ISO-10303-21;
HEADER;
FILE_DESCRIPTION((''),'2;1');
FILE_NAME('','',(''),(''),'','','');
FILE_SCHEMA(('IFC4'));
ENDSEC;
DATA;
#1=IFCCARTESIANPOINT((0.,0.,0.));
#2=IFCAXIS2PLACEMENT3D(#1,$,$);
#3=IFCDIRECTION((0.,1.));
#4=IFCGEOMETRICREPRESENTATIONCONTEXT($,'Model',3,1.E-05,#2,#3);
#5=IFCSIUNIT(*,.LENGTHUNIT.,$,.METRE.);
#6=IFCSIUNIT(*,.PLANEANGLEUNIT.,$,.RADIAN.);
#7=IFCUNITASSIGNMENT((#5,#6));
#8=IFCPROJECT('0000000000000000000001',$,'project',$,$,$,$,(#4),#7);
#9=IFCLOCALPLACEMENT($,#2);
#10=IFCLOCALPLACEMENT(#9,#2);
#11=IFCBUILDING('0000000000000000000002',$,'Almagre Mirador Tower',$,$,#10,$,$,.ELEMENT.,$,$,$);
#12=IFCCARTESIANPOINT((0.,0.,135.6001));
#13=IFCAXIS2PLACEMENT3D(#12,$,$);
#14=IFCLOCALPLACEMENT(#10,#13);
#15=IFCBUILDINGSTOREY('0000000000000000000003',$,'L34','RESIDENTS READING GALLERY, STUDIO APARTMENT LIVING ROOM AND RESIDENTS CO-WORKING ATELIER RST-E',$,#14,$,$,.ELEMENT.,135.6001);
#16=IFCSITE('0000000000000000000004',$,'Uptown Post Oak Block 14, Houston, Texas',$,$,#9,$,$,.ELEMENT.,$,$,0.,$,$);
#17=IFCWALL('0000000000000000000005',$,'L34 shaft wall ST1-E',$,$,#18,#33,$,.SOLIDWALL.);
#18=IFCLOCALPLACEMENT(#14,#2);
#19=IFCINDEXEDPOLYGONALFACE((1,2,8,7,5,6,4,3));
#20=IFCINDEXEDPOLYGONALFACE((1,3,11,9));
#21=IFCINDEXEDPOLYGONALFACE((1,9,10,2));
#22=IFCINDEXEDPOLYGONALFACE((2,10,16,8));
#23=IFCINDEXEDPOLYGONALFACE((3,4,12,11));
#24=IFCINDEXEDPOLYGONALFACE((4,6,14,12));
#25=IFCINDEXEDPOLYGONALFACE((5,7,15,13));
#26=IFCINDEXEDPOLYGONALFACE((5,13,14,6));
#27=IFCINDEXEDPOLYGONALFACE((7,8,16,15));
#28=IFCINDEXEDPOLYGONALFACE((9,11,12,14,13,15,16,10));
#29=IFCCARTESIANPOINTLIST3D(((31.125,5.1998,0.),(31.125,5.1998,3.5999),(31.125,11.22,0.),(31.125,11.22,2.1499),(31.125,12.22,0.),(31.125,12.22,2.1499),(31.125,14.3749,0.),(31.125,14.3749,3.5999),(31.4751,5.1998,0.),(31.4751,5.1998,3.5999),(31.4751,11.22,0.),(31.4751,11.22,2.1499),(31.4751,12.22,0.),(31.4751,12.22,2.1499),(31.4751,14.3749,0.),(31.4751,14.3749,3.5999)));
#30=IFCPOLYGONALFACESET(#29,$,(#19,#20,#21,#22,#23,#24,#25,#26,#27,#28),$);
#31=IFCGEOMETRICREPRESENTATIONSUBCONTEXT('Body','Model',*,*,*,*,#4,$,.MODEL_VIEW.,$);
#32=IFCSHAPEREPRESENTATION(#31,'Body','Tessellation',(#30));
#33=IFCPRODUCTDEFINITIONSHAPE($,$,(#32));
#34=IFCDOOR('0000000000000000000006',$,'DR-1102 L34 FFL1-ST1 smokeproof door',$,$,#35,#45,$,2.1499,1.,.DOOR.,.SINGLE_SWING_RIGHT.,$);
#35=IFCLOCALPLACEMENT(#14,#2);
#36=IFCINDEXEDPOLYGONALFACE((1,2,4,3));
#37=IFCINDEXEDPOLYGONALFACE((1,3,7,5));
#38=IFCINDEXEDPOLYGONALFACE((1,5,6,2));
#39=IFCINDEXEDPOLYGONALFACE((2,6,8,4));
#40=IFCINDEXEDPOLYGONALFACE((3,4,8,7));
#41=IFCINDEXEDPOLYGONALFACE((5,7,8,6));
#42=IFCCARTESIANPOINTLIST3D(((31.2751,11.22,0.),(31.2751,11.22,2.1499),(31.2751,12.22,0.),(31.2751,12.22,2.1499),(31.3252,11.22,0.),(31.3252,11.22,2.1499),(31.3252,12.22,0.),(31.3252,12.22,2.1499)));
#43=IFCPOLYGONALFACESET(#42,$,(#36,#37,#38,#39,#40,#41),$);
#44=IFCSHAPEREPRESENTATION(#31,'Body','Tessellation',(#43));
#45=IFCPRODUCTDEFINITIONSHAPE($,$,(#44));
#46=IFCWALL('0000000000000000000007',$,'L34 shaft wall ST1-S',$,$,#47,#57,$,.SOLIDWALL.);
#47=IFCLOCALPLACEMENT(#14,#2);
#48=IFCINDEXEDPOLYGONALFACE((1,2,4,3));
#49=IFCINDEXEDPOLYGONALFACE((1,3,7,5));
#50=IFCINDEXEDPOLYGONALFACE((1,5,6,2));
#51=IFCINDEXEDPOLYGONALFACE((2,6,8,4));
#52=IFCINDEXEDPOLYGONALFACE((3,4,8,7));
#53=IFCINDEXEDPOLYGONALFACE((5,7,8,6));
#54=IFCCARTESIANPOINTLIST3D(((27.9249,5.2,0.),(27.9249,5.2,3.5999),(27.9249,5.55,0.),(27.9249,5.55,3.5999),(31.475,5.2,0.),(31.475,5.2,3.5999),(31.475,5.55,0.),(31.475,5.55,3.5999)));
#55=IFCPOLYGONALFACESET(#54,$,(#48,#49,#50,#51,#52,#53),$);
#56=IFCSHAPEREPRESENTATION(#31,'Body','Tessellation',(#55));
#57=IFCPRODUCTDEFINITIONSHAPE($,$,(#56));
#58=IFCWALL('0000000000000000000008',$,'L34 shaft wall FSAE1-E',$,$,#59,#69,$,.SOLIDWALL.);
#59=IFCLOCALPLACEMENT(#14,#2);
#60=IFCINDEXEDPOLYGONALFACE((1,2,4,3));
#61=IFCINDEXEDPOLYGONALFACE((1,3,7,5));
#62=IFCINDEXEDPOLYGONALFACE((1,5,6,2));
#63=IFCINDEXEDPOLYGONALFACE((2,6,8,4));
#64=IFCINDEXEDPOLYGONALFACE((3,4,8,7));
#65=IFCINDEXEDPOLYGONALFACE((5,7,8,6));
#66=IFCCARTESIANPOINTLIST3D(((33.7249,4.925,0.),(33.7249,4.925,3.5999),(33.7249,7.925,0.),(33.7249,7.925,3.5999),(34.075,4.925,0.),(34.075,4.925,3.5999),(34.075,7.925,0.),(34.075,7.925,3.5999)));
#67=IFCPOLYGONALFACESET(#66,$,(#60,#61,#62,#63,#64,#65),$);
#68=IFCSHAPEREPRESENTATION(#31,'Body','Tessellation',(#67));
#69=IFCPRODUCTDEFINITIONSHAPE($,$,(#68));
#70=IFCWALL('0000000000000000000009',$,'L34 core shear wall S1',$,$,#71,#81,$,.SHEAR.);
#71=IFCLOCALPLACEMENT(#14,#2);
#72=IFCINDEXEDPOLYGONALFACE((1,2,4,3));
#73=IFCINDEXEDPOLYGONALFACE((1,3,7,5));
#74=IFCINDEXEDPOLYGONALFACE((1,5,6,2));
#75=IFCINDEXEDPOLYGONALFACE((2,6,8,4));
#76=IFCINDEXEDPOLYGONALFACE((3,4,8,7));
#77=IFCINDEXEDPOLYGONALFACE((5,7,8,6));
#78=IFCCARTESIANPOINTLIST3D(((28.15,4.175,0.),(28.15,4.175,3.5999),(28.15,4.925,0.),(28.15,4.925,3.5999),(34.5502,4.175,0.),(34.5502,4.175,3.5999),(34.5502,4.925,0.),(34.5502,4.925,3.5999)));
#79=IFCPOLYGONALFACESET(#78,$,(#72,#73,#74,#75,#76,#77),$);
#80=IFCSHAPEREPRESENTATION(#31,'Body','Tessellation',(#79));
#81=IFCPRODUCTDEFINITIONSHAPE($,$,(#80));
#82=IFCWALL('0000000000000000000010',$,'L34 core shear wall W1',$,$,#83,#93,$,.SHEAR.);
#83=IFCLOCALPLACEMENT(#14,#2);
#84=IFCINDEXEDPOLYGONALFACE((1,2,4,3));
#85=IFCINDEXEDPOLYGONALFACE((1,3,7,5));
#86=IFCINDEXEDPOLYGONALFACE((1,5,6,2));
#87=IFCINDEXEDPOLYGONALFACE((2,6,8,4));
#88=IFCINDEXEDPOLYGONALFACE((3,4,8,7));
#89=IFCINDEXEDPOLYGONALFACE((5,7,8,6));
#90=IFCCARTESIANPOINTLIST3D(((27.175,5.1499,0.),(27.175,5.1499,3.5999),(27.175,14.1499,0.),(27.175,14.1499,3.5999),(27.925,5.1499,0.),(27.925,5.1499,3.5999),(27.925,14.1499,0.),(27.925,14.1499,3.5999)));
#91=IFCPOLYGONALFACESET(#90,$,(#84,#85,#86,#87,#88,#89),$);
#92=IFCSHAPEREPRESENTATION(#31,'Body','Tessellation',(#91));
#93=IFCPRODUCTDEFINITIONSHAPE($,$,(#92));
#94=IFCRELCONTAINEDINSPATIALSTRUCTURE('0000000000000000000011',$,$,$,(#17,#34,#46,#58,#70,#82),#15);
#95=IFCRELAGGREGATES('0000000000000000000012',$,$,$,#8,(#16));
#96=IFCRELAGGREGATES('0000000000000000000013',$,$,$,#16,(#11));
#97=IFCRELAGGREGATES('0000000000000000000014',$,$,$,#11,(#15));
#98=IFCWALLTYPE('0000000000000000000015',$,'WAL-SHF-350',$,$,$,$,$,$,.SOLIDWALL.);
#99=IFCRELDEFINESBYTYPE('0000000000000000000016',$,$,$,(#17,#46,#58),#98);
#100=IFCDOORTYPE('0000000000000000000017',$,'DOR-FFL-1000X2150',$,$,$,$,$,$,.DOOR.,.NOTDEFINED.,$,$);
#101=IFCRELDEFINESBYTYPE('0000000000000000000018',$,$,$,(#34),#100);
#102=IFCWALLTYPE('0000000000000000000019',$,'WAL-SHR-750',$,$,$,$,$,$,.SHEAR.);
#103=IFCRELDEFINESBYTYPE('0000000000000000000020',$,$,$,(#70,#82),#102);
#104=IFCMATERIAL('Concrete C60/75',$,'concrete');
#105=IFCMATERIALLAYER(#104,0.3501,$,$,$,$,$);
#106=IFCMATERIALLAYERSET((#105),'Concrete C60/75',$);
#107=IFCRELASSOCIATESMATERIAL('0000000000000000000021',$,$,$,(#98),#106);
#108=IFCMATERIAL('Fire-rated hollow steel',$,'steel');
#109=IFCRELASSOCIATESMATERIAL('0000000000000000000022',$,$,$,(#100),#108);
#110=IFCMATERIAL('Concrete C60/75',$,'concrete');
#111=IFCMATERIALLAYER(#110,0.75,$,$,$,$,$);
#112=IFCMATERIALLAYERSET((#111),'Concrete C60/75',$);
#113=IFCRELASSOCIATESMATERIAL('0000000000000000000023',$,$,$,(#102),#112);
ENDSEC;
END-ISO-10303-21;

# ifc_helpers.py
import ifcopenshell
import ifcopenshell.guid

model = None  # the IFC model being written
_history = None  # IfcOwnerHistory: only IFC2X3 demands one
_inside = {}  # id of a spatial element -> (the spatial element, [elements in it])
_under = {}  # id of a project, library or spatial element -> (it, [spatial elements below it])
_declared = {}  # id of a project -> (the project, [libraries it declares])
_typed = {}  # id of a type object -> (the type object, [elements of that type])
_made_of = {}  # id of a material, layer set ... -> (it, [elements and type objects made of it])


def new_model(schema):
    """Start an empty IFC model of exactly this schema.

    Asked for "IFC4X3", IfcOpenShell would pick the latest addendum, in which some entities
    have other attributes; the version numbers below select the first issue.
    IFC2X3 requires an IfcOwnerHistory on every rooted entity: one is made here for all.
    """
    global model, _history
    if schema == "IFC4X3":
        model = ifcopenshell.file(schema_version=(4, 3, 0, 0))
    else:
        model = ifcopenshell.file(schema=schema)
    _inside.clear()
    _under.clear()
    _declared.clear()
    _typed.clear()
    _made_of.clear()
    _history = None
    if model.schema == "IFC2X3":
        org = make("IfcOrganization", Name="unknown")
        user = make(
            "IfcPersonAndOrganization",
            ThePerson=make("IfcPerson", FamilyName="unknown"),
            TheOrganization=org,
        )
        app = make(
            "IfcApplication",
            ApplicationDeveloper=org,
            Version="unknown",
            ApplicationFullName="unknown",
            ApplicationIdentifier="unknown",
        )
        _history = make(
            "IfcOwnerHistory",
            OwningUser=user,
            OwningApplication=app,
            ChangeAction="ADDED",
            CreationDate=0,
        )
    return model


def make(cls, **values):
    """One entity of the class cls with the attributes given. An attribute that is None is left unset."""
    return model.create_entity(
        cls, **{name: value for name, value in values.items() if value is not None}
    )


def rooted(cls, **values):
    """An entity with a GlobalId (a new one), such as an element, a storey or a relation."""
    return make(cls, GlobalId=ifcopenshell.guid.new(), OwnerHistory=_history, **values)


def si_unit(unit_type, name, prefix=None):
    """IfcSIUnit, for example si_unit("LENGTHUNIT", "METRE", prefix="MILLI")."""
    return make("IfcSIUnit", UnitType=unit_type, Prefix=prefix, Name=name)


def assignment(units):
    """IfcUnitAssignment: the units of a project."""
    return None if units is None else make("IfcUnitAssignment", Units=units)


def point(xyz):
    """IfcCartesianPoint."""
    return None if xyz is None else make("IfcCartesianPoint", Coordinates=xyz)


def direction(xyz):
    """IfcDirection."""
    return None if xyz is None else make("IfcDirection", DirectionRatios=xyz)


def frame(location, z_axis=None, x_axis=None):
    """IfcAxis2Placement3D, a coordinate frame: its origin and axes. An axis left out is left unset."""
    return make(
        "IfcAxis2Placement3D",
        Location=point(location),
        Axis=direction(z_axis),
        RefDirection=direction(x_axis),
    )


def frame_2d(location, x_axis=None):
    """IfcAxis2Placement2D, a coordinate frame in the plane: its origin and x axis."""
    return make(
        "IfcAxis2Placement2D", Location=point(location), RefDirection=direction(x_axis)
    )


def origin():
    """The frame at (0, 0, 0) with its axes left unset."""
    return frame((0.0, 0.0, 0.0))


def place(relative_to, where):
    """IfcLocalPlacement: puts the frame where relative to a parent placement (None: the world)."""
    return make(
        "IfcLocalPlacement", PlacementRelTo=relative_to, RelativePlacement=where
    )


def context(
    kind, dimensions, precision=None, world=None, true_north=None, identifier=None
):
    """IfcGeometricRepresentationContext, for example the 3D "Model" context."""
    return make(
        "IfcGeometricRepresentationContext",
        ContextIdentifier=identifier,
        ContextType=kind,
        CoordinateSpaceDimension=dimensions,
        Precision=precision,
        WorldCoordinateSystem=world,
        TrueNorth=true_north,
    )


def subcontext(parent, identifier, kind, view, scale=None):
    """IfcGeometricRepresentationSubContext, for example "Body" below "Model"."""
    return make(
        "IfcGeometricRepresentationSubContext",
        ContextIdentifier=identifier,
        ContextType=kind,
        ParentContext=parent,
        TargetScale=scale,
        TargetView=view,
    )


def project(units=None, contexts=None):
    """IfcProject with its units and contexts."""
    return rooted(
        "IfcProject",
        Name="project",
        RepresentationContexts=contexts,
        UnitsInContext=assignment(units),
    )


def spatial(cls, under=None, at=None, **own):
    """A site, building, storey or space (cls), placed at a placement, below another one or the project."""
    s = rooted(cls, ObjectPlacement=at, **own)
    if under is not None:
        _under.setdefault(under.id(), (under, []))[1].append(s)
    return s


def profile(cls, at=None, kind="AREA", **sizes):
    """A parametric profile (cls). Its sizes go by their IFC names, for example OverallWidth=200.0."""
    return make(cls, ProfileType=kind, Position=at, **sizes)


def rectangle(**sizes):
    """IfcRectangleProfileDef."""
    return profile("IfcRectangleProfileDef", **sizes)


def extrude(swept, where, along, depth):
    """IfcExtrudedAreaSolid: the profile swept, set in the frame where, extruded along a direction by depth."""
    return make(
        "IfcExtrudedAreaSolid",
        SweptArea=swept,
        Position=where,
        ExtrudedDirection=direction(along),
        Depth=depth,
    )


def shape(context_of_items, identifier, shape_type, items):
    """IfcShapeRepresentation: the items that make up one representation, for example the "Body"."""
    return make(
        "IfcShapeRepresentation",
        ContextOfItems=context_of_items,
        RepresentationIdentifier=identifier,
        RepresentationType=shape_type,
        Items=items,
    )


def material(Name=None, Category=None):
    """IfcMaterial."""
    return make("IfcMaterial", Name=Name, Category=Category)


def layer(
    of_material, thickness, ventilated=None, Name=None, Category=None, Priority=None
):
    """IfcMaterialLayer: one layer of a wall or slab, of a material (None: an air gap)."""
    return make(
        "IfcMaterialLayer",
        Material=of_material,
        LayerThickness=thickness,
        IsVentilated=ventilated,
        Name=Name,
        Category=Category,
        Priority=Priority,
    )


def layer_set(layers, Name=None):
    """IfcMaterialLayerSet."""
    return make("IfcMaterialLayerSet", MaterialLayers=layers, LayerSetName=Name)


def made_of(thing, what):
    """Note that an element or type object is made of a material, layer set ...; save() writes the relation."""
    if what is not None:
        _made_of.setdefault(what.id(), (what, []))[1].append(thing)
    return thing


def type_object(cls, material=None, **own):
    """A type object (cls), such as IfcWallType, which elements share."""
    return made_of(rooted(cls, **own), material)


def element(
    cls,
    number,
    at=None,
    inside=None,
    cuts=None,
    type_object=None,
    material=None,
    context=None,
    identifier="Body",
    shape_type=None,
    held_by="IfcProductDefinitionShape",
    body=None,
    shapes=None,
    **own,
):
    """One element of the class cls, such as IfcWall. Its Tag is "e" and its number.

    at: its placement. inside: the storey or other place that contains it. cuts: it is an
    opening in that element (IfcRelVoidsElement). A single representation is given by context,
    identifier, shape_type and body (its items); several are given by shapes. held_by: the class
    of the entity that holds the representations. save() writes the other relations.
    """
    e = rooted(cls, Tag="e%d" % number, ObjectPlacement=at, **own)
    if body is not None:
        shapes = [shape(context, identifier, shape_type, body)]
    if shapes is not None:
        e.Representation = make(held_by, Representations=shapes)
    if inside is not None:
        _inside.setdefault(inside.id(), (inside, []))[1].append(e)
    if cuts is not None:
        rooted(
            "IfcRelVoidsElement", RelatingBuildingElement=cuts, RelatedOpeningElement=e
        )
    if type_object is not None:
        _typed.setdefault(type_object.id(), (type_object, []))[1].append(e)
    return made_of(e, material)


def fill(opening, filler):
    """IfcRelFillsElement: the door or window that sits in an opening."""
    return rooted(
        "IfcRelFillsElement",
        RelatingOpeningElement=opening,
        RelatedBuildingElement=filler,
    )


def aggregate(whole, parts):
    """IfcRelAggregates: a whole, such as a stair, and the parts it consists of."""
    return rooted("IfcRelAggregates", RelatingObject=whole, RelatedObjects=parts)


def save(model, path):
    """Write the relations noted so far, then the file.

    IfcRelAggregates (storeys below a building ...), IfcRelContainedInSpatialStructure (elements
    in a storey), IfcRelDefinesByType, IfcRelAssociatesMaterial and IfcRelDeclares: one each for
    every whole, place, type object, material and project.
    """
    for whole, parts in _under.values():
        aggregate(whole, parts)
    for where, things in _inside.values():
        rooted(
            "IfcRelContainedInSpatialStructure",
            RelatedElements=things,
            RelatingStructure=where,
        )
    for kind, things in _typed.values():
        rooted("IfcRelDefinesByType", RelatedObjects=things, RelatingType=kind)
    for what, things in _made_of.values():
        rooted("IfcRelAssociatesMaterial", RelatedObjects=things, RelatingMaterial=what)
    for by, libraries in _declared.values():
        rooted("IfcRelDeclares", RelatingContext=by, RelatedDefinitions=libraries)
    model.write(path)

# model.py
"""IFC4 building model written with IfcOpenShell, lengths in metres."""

from ifc_helpers import new_model, si_unit, direction, frame, frame_2d, origin, place, context, subcontext, project, spatial, rectangle, extrude, material, layer, layer_set, type_object, element, fill, save


model = new_model("IFC4")

# Units and contexts
model_context = context("Model", 3, precision=1e-05, world=origin(), true_north=direction((0.0, 1.0)))
body_context = subcontext(model_context, "Body", "Model", "MODEL_VIEW")
ifc_project = project(units=[si_unit("LENGTHUNIT", "METRE"), si_unit("PLANEANGLEUNIT", "RADIAN")], contexts=[model_context])

# Site, building, storey
site_placement = place(None, origin())
site = spatial("IfcSite", under=ifc_project, at=site_placement, Name="Uptown Post Oak Block 14, Houston, Texas", CompositionType="ELEMENT", RefElevation=0.0)
building_placement = place(site_placement, origin())
building = spatial("IfcBuilding", under=site, at=building_placement, Name="Almagre Mirador Tower", CompositionType="ELEMENT")
storey_placement = place(building_placement, frame((0.0, 0.0, 135.6001)))
storey = spatial("IfcBuildingStorey", under=building, at=storey_placement, Name="L34", Description="RESIDENTS READING GALLERY, STUDIO APARTMENT LIVING ROOM AND RESIDENTS CO-WORKING ATELIER RST-E", CompositionType="ELEMENT", Elevation=135.6001)

# Shared definitions
ifc_material_1 = material(Name="Concrete C60/75", Category="concrete")
ifc_layer_1 = layer(ifc_material_1, 0.3501)
ifc_layer_set_1 = layer_set([ifc_layer_1], Name="Concrete C60/75")
wall_type_1 = type_object("IfcWallType", Name="WAL-SHF-350", PredefinedType="SOLIDWALL", material=ifc_layer_set_1)

# Wall, opening, door
wall_1_placement = place(storey_placement, frame((31.3, 5.2, 0.0), z_axis=(0.0, 0.0, 1.0), x_axis=(0.0, 1.0, 0.0)))
wall_1 = element("IfcWall", 1, at=wall_1_placement, inside=storey, type_object=wall_type_1, Name="L34 shaft wall ST1-E", PredefinedType="SOLIDWALL", context=body_context, shape_type="SweptSolid", body=[
    extrude(rectangle(XDim=9.175, YDim=0.3501, at=frame_2d((4.5874, 0.0))), origin(), (0.0, 0.0, 1.0), 3.5999),
])
opening_1_placement = place(wall_1_placement, frame((6.02, 0.0, 0.0)))
opening_1 = element("IfcOpeningElement", 2, at=opening_1_placement, cuts=wall_1, PredefinedType="OPENING", context=body_context, shape_type="SweptSolid", body=[
    extrude(rectangle(XDim=1.0, YDim=2.1499, at=frame_2d((0.5, 1.075))), frame((0.0, 0.185, 0.0), z_axis=(0.0, -1.0, 0.0), x_axis=(1.0, 0.0, 0.0)), (0.0, 0.0, 1.0), 0.3701),
])
ifc_material_2 = material(Name="Fire-rated hollow steel", Category="steel")
door_type = type_object("IfcDoorType", Name="DOR-FFL-1000X2150", OperationType="NOTDEFINED", PredefinedType="DOOR", material=ifc_material_2)
door_placement = place(opening_1_placement, origin())
door = element("IfcDoor", 3, at=door_placement, inside=storey, type_object=door_type, Name="DR-1102 L34 FFL1-ST1 smokeproof door", OperationType="SINGLE_SWING_RIGHT", OverallHeight=2.1499, OverallWidth=1.0, PredefinedType="DOOR", context=body_context, shape_type="SweptSolid", body=[
    extrude(rectangle(XDim=1.0, YDim=2.1499, at=frame_2d((0.5, 1.075))), frame((0.0, 0.0249, 0.0), z_axis=(0.0, -1.0, 0.0), x_axis=(1.0, 0.0, 0.0)), (0.0, 0.0, 1.0), 0.05),
])
fill(opening_1, door)

# Walls
wall_2_placement = place(storey_placement, frame((27.925, 5.375, 0.0), z_axis=(0.0, 0.0, 1.0), x_axis=(1.0, 0.0, 0.0)))
element("IfcWall", 4, at=wall_2_placement, inside=storey, type_object=wall_type_1, Name="L34 shaft wall ST1-S", PredefinedType="SOLIDWALL", context=body_context, shape_type="SweptSolid", body=[
    extrude(rectangle(XDim=3.55, YDim=0.3501, at=frame_2d((1.7749, 0.0))), origin(), (0.0, 0.0, 1.0), 3.5999),
])
wall_3_placement = place(storey_placement, frame((33.8999, 4.925, 0.0), z_axis=(0.0, 0.0, 1.0), x_axis=(0.0, 1.0, 0.0)))
element("IfcWall", 5, at=wall_3_placement, inside=storey, type_object=wall_type_1, Name="L34 shaft wall FSAE1-E", PredefinedType="SOLIDWALL", context=body_context, shape_type="SweptSolid", body=[
    extrude(rectangle(XDim=3.0, YDim=0.3501, at=frame_2d((1.5, 0.0))), origin(), (0.0, 0.0, 1.0), 3.5999),
])
ifc_material_3 = material(Name="Concrete C60/75", Category="concrete")
ifc_layer_2 = layer(ifc_material_3, 0.75)
ifc_layer_set_2 = layer_set([ifc_layer_2], Name="Concrete C60/75")
wall_type_2 = type_object("IfcWallType", Name="WAL-SHR-750", PredefinedType="SHEAR", material=ifc_layer_set_2)
wall_4_placement = place(storey_placement, frame((28.1499, 4.55, 0.0), z_axis=(0.0, 0.0, 1.0), x_axis=(1.0, 0.0, 0.0)))
element("IfcWall", 6, at=wall_4_placement, inside=storey, type_object=wall_type_2, Name="L34 core shear wall S1", PredefinedType="SHEAR", context=body_context, shape_type="SweptSolid", body=[
    extrude(rectangle(XDim=6.4001, YDim=0.75, at=frame_2d((3.2002, 0.0))), origin(), (0.0, 0.0, 1.0), 3.5999),
])
wall_5_placement = place(storey_placement, frame((27.55, 5.1499, 0.0), z_axis=(0.0, 0.0, 1.0), x_axis=(0.0, 1.0, 0.0)))
element("IfcWall", 7, at=wall_5_placement, inside=storey, type_object=wall_type_2, Name="L34 core shear wall W1", PredefinedType="SHEAR", context=body_context, shape_type="SweptSolid", body=[
    extrude(rectangle(XDim=9.0, YDim=0.75, at=frame_2d((4.5, 0.0))), origin(), (0.0, 0.0, 1.0), 3.5999),
])

save(model, "model.ifc")
